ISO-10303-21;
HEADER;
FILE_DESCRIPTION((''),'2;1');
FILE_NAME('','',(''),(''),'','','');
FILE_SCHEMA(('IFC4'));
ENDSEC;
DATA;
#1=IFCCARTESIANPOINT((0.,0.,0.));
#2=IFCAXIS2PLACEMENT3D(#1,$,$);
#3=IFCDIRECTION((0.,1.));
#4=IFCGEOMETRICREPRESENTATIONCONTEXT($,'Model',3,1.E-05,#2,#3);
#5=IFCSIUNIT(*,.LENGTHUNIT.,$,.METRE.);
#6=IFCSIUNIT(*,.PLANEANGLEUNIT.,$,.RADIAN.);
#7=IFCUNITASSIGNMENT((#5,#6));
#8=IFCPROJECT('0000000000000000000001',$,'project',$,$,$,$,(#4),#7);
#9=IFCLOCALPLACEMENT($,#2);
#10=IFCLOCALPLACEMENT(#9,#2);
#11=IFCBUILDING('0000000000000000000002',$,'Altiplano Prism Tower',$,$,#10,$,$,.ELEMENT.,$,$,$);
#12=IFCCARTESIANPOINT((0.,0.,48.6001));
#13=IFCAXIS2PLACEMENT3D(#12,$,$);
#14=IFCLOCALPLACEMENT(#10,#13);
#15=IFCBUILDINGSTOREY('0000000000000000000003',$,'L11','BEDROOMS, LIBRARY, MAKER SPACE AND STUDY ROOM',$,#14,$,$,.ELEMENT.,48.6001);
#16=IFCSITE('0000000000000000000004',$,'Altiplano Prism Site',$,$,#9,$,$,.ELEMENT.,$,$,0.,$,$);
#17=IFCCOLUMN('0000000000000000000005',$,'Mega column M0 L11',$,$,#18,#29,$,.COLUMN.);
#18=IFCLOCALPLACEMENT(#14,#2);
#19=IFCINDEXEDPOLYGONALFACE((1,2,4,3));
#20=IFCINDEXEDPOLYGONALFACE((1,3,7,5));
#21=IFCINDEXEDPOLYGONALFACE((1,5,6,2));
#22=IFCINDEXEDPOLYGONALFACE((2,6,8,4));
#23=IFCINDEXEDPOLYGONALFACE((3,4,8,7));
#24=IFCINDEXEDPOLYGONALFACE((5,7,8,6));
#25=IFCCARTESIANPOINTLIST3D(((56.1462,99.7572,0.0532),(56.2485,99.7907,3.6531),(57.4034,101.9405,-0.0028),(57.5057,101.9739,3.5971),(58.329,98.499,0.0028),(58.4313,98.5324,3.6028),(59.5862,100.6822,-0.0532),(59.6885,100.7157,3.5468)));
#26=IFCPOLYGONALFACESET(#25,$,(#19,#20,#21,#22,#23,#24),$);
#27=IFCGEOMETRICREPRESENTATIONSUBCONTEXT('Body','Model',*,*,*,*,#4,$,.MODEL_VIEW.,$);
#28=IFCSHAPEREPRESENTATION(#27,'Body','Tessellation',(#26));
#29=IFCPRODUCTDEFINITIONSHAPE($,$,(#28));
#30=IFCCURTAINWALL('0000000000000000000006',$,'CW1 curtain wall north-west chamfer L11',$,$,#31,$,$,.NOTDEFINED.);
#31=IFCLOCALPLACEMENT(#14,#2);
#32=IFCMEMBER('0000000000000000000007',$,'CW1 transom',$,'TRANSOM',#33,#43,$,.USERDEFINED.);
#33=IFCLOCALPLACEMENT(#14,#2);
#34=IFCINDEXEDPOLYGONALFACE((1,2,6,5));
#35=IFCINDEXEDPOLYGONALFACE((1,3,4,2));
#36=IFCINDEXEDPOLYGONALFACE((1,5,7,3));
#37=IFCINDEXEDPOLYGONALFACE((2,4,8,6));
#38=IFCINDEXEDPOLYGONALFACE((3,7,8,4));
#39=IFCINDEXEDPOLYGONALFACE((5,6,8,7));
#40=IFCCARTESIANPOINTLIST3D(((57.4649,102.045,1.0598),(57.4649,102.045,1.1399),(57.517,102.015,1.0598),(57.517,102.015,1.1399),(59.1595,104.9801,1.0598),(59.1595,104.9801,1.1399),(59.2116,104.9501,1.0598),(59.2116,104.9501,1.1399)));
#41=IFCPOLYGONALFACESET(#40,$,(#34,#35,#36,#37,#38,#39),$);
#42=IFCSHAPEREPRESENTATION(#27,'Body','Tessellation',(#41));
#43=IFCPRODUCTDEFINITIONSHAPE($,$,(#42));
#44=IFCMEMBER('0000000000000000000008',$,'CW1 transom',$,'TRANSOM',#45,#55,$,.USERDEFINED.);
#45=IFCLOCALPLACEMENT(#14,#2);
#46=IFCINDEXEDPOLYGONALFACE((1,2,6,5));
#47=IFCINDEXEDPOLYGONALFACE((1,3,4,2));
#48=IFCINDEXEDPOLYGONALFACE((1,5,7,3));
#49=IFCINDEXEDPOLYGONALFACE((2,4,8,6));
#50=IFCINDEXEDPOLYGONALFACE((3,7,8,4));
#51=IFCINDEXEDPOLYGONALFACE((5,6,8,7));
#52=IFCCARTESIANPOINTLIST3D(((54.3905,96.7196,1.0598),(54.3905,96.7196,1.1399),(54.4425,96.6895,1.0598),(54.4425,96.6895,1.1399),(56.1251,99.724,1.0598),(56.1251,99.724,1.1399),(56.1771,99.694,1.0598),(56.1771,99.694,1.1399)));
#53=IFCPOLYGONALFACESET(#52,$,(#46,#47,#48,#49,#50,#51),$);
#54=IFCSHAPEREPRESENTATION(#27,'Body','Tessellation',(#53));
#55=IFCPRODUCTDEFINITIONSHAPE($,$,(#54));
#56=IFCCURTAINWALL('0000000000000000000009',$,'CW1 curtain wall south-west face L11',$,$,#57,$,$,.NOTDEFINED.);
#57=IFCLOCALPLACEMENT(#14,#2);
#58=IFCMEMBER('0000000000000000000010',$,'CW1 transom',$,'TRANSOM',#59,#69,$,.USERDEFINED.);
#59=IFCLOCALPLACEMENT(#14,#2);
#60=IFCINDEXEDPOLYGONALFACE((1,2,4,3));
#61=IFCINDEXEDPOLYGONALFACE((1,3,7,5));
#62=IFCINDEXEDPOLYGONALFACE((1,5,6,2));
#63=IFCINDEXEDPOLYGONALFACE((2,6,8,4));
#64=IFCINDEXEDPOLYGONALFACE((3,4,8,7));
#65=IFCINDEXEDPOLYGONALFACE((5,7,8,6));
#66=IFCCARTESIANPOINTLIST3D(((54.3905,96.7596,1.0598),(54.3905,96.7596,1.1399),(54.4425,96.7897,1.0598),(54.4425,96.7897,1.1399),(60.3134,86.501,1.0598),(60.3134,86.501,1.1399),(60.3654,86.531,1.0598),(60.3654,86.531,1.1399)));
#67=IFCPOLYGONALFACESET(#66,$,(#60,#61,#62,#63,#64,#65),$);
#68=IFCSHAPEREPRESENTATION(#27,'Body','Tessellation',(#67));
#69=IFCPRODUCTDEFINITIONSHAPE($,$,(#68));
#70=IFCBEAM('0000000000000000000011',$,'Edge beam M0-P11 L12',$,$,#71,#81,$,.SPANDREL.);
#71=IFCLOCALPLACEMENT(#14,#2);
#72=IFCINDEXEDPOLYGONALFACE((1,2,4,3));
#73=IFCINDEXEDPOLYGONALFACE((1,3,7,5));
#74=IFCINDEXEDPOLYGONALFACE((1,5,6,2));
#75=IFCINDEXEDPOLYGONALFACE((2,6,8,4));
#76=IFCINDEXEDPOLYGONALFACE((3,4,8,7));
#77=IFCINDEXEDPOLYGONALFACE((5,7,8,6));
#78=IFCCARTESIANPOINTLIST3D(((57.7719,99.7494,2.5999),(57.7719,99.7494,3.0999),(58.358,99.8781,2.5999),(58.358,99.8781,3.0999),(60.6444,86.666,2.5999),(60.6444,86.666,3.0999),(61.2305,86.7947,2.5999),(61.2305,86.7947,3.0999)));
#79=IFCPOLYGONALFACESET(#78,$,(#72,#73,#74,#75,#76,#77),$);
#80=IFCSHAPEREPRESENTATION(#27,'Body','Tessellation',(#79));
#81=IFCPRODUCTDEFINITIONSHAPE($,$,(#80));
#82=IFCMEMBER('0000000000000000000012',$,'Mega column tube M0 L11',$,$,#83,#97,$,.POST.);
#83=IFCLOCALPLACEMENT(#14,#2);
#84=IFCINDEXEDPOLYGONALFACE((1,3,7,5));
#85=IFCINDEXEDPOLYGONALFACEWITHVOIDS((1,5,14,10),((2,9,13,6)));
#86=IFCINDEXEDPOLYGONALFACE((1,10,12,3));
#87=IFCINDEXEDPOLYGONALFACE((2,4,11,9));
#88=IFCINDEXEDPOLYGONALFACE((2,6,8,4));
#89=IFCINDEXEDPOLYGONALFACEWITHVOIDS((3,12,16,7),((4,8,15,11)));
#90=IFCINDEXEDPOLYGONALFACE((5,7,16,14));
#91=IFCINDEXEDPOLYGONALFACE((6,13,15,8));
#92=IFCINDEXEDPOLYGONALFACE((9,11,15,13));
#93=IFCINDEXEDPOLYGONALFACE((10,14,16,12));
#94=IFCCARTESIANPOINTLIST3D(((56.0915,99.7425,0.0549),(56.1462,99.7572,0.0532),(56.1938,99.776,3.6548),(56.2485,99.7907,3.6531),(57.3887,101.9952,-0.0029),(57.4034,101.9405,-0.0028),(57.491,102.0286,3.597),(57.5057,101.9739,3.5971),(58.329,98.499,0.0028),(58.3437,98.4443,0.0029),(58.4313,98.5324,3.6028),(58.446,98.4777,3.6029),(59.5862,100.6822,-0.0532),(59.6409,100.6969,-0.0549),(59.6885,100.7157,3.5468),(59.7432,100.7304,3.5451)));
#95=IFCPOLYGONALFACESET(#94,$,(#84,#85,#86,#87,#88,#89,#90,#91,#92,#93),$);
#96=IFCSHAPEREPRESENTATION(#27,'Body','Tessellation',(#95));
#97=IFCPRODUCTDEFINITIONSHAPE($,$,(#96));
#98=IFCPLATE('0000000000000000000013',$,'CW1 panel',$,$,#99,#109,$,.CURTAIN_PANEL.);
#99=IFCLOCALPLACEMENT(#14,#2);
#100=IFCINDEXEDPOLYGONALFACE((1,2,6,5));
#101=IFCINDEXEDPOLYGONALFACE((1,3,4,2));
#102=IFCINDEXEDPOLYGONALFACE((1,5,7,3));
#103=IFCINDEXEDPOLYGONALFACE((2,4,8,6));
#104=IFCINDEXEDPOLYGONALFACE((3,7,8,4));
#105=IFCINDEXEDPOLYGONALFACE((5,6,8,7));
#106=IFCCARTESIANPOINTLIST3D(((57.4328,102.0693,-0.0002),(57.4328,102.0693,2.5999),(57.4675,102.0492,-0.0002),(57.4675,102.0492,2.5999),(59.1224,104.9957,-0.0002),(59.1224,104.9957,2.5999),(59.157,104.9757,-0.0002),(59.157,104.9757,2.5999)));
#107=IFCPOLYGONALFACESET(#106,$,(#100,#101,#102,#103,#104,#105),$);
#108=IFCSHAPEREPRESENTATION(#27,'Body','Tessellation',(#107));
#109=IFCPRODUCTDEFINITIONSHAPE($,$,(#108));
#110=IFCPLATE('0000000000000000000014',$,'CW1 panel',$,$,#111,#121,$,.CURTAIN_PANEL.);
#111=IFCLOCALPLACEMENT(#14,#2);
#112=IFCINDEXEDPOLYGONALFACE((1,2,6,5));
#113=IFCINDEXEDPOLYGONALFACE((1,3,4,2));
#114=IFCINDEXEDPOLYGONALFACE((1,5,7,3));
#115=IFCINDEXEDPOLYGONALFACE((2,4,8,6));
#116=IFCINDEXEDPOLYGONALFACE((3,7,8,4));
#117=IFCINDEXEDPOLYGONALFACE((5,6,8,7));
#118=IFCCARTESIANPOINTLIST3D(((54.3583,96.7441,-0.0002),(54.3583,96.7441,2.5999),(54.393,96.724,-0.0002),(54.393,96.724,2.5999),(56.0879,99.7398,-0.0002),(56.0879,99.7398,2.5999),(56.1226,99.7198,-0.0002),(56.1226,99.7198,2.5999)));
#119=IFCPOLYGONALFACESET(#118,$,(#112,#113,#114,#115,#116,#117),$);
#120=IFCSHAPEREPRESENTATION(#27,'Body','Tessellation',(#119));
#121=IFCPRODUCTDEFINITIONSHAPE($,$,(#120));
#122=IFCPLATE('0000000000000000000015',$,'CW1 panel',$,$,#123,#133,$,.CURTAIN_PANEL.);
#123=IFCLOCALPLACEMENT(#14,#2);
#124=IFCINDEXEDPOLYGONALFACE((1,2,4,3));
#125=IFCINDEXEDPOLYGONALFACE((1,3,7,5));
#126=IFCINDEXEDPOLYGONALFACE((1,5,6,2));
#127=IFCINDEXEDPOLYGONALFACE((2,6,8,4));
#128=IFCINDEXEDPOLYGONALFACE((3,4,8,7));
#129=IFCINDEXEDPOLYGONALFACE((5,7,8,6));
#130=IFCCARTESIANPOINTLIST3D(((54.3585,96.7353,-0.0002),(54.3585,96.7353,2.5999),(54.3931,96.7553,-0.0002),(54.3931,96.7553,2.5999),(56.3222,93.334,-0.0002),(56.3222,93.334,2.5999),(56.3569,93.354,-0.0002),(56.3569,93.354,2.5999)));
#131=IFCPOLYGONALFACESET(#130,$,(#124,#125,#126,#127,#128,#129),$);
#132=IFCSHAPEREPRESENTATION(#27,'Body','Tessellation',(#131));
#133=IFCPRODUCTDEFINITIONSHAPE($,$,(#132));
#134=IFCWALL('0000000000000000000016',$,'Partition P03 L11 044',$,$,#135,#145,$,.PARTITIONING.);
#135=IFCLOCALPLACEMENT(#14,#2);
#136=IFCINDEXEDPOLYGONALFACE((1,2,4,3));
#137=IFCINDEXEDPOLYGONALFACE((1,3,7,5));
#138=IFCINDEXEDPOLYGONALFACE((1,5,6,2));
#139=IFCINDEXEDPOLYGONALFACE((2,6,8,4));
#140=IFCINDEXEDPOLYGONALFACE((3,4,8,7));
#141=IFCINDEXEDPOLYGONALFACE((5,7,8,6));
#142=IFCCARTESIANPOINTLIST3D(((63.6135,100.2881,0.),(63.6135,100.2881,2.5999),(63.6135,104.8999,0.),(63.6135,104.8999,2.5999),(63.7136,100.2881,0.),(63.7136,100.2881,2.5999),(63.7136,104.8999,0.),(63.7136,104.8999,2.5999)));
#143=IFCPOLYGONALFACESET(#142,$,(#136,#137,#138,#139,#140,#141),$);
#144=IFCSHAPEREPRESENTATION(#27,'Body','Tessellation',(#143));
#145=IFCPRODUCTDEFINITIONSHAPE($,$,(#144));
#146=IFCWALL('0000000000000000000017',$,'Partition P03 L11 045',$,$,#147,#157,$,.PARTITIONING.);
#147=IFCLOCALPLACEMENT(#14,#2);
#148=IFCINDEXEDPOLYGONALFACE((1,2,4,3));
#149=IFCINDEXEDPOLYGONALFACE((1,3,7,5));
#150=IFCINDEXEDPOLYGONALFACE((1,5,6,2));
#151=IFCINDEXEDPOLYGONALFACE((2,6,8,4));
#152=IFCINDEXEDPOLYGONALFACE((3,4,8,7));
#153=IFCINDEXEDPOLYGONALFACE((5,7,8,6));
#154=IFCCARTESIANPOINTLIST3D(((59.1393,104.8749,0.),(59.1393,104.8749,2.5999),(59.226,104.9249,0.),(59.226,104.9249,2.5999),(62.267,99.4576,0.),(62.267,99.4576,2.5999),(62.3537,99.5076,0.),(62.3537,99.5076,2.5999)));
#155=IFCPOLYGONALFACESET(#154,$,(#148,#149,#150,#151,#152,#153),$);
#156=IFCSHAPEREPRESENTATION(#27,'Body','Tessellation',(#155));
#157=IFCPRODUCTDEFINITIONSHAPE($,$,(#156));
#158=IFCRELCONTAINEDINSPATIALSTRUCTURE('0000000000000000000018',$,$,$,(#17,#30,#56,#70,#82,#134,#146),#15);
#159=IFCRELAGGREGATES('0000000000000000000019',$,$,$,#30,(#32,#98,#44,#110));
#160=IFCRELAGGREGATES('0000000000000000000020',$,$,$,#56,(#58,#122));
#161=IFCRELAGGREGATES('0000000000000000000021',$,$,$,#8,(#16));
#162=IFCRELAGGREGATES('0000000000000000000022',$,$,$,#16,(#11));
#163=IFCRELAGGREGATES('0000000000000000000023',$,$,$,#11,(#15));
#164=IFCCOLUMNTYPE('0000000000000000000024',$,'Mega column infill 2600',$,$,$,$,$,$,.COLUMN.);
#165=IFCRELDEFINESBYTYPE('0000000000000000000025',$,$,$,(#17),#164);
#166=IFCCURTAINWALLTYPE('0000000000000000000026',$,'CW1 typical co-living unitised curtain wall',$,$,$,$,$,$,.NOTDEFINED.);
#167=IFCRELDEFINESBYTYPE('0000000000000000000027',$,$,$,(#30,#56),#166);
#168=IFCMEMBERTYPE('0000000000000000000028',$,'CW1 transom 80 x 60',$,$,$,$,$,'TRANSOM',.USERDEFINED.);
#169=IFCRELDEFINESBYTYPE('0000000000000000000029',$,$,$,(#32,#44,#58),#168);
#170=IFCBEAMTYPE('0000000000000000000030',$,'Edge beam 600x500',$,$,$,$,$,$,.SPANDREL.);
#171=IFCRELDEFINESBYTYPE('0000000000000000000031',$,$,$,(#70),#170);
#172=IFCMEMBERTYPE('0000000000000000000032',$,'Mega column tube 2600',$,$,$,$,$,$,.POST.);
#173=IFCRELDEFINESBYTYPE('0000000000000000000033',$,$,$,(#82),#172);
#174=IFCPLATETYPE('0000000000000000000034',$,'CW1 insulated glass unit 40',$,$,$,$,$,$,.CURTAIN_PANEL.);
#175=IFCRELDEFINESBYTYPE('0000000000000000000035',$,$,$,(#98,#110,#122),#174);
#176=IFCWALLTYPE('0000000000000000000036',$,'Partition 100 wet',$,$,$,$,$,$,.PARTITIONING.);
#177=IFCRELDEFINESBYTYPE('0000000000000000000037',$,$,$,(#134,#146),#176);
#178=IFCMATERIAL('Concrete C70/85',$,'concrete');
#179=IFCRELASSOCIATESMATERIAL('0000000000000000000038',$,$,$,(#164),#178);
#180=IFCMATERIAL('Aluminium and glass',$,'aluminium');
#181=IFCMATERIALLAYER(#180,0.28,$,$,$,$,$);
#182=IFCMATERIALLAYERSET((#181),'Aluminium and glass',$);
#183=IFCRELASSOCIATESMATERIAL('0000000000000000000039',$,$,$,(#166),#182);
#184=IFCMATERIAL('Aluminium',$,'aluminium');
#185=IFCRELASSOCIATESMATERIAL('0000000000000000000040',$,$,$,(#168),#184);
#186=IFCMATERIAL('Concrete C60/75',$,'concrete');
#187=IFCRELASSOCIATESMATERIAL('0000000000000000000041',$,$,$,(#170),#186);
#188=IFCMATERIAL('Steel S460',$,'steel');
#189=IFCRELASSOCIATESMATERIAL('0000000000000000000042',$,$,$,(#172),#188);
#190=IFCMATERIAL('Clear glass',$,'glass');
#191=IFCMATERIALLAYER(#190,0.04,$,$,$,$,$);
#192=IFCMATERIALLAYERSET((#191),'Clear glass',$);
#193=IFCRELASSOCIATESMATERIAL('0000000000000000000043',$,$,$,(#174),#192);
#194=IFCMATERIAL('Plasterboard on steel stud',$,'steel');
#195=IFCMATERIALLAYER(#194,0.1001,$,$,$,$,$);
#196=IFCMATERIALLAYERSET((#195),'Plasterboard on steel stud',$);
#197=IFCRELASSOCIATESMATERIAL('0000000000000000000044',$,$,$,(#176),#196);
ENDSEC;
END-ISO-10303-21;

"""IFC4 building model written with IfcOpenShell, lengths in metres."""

from ifc_helpers import new_model, si_unit, direction, frame, frame_2d, origin, origin_2d, place, context, subcontext, project, spatial, rectangle, hollow_rectangle, extrude, material, layer, layer_set, material_profile, profile_set, type_object, element, aggregate, save


model = new_model("IFC4")

# Units and contexts
model_context = context("Model", 3, precision=1e-05, world=origin(), true_north=direction((0.0, 1.0)))
body_context = subcontext(model_context, "Body", "Model", "MODEL_VIEW")
ifc_project = project(units=[si_unit("LENGTHUNIT", "METRE"), si_unit("PLANEANGLEUNIT", "RADIAN")], contexts=[model_context])

# Site, building, storey
site_placement = place(None, origin())
site = spatial("IfcSite", under=ifc_project, at=site_placement, Name="Altiplano Prism Site", CompositionType="ELEMENT", RefElevation=0.0)
building_placement = place(site_placement, origin())
building = spatial("IfcBuilding", under=site, at=building_placement, Name="Altiplano Prism Tower", CompositionType="ELEMENT")
storey_placement = place(building_placement, frame((0.0, 0.0, 48.6001)))
storey = spatial("IfcBuildingStorey", under=building, at=storey_placement, Name="L11", Description="BEDROOMS, LIBRARY, MAKER SPACE AND STUDY ROOM", CompositionType="ELEMENT", Elevation=48.6001)

# Column
ifc_material_1 = material(Name="Concrete C70/85", Category="concrete")
ifc_material_profile_1 = material_profile(ifc_material_1, rectangle(XDim=2.52, YDim=2.52, at=origin_2d()), Name="Mega column infill 2600")
ifc_profile_set_1 = profile_set([ifc_material_profile_1], Name="Concrete C70/85")
column_type = type_object("IfcColumnType", Name="Mega column infill 2600", PredefinedType="COLUMN", material=ifc_profile_set_1)
column_placement = place(storey_placement, frame((57.8662, 100.2197, 0.0), z_axis=(0.028404, 0.009287, 0.999553), x_axis=(-0.866198, 0.499302, 0.019975)))
element("IfcColumn", 1, at=column_placement, inside=storey, type_object=column_type, Name="Mega column M0 L11", PredefinedType="COLUMN", context=body_context, shape_type="SweptSolid", body=[
    extrude(rectangle(XDim=2.52, YDim=2.52, at=origin_2d()), origin(), (0.0, 0.0, 1.0), 3.6016),
])

# Curtain wall, members
ifc_material_2 = material(Name="Aluminium and glass", Category="aluminium")
ifc_layer_1 = layer(ifc_material_2, 0.28)
ifc_layer_set_1 = layer_set([ifc_layer_1], Name="Aluminium and glass")
curtain_wall_type = type_object("IfcCurtainWallType", Name="CW1 typical co-living unitised curtain wall", PredefinedType="NOTDEFINED", material=ifc_layer_set_1)
curtain_wall_1_placement = place(storey_placement, origin())
curtain_wall_1 = element("IfcCurtainWall", 2, at=curtain_wall_1_placement, inside=storey, type_object=curtain_wall_type, Name="CW1 curtain wall north-west chamfer L11", PredefinedType="NOTDEFINED")
ifc_material_3 = material(Name="Aluminium", Category="aluminium")
ifc_material_profile_2 = material_profile(ifc_material_3, rectangle(XDim=0.0601, YDim=0.0801, at=origin_2d()), Name="CW1 transom 80 x 60")
ifc_profile_set_2 = profile_set([ifc_material_profile_2], Name="Aluminium")
member_type_1 = type_object("IfcMemberType", Name="CW1 transom 80 x 60", ElementType="TRANSOM", PredefinedType="USERDEFINED", material=ifc_profile_set_2)
member_1_placement = place(storey_placement, frame((59.1855, 104.9651, 1.0999), z_axis=(-0.500005, -0.866022, 0.0), x_axis=(0.866022, -0.500005, 0.0)))
member_1 = element("IfcMember", 3, at=member_1_placement, type_object=member_type_1, Name="CW1 transom", ObjectType="TRANSOM", PredefinedType="USERDEFINED", context=body_context, shape_type="SweptSolid", body=[
    extrude(rectangle(XDim=0.0601, YDim=0.0801, at=origin_2d()), origin(), (0.0, 0.0, 1.0), 3.3892),
])
member_2_placement = place(storey_placement, frame((56.1511, 99.709, 1.0999), z_axis=(-0.500007, -0.866022, 0.0), x_axis=(0.866022, -0.500007, 0.0)))
member_2 = element("IfcMember", 4, at=member_2_placement, type_object=member_type_1, Name="CW1 transom", ObjectType="TRANSOM", PredefinedType="USERDEFINED", context=body_context, shape_type="SweptSolid", body=[
    extrude(rectangle(XDim=0.0601, YDim=0.0801, at=origin_2d()), origin(), (0.0, 0.0, 1.0), 3.4692),
])

# Curtain wall, member
curtain_wall_2_placement = place(storey_placement, origin())
curtain_wall_2 = element("IfcCurtainWall", 5, at=curtain_wall_2_placement, inside=storey, type_object=curtain_wall_type, Name="CW1 curtain wall south-west face L11", PredefinedType="NOTDEFINED")
member_3_placement = place(storey_placement, frame((54.4165, 96.7747, 1.0999), z_axis=(0.500005, -0.866023, 0.0), x_axis=(0.866023, 0.500005, 0.0)))
member_3 = element("IfcMember", 6, at=member_3_placement, type_object=member_type_1, Name="CW1 transom", ObjectType="TRANSOM", PredefinedType="USERDEFINED", context=body_context, shape_type="SweptSolid", body=[
    extrude(rectangle(XDim=0.0601, YDim=0.0801, at=origin_2d()), origin(), (0.0, 0.0, 1.0), 11.8457),
])

# Beam
ifc_material_4 = material(Name="Concrete C60/75", Category="concrete")
ifc_material_profile_3 = material_profile(ifc_material_4, rectangle(XDim=0.6001, YDim=0.5, at=origin_2d()), Name="Edge beam 600x500")
ifc_profile_set_3 = profile_set([ifc_material_profile_3], Name="Concrete C60/75")
beam_type = type_object("IfcBeamType", Name="Edge beam 600x500", PredefinedType="SPANDREL", material=ifc_profile_set_3)
beam_placement = place(storey_placement, frame((58.0649, 99.8137, 2.8499), z_axis=(0.214448, -0.976735, 0.0), x_axis=(0.976735, 0.214448, 0.0)))
element("IfcBeam", 7, at=beam_placement, inside=storey, type_object=beam_type, Name="Edge beam M0-P11 L12", PredefinedType="SPANDREL", context=body_context, shape_type="SweptSolid", body=[
    extrude(rectangle(XDim=0.6001, YDim=0.5, at=origin_2d()), origin(), (0.0, 0.0, 1.0), 13.395),
])

# Member
ifc_material_5 = material(Name="Steel S460", Category="steel")
ifc_material_profile_4 = material_profile(ifc_material_5, hollow_rectangle(XDim=2.6001, YDim=2.6001, WallThickness=0.04, at=origin_2d()), Name="Mega column tube 2600")
ifc_profile_set_4 = profile_set([ifc_material_profile_4], Name="Steel S460")
member_type_2 = type_object("IfcMemberType", Name="Mega column tube 2600", PredefinedType="POST", material=ifc_profile_set_4)
member_4_placement = place(storey_placement, frame((57.8662, 100.2197, 0.0), z_axis=(0.028404, 0.009287, 0.999553), x_axis=(-0.866198, 0.499302, 0.019975)))
element("IfcMember", 8, at=member_4_placement, inside=storey, type_object=member_type_2, Name="Mega column tube M0 L11", PredefinedType="POST", context=body_context, shape_type="SweptSolid", body=[
    extrude(hollow_rectangle(XDim=2.6001, YDim=2.6001, WallThickness=0.04, at=origin_2d()), origin(), (0.0, 0.0, 1.0), 3.6016),
])

# Plates
ifc_material_6 = material(Name="Clear glass", Category="glass")
ifc_layer_2 = layer(ifc_material_6, 0.04)
ifc_layer_set_2 = layer_set([ifc_layer_2], Name="Clear glass")
plate_type = type_object("IfcPlateType", Name="CW1 insulated glass unit 40", PredefinedType="CURTAIN_PANEL", material=ifc_layer_set_2)
plate_1_placement = place(storey_placement, frame((58.2949, 103.5225, -0.0002), z_axis=(0.0, 0.0, 1.0), x_axis=(-0.5, -0.866025, 0.0)))
plate_1 = element("IfcPlate", 9, at=plate_1_placement, type_object=plate_type, Name="CW1 panel", PredefinedType="CURTAIN_PANEL", context=body_context, shape_type="SweptSolid", body=[
    extrude(rectangle(XDim=3.3792, YDim=0.04, at=origin_2d()), origin(), (0.0, 0.0, 1.0), 2.6001),
])
plate_2_placement = place(storey_placement, frame((55.2405, 98.2319, -0.0002), z_axis=(0.0, 0.0, 1.0), x_axis=(-0.5, -0.866025, 0.0)))
plate_2 = element("IfcPlate", 10, at=plate_2_placement, type_object=plate_type, Name="CW1 panel", PredefinedType="CURTAIN_PANEL", context=body_context, shape_type="SweptSolid", body=[
    extrude(rectangle(XDim=3.4592, YDim=0.04, at=origin_2d()), origin(), (0.0, 0.0, 1.0), 2.6001),
])
aggregate(curtain_wall_1, [member_1, plate_1, member_2, plate_2])
plate_3_placement = place(storey_placement, frame((55.3577, 95.0447, -0.0002), z_axis=(0.0, 0.0, 1.0), x_axis=(0.5, -0.866025, 0.0)))
plate_3 = element("IfcPlate", 11, at=plate_3_placement, type_object=plate_type, Name="CW1 panel", PredefinedType="CURTAIN_PANEL", context=body_context, shape_type="SweptSolid", body=[
    extrude(rectangle(XDim=3.9275, YDim=0.04, at=origin_2d()), origin(), (0.0, 0.0, 1.0), 2.6001),
])
aggregate(curtain_wall_2, [member_3, plate_3])

# Walls
ifc_material_7 = material(Name="Plasterboard on steel stud", Category="steel")
ifc_layer_3 = layer(ifc_material_7, 0.1001)
ifc_layer_set_3 = layer_set([ifc_layer_3], Name="Plasterboard on steel stud")
wall_type_1 = type_object("IfcWallType", Name="Partition 100 wet", PredefinedType="PARTITIONING", material=ifc_layer_set_3)
wall_1_placement = place(storey_placement, frame((63.6636, 100.2881, 0.0), z_axis=(0.0, 0.0, 1.0), x_axis=(0.0, 1.0, 0.0)))
element("IfcWall", 12, at=wall_1_placement, inside=storey, type_object=wall_type_1, Name="Partition P03 L11 044", PredefinedType="PARTITIONING", context=body_context, shape_type="SweptSolid", body=[
    extrude(rectangle(XDim=4.6118, YDim=0.1001, at=frame_2d((2.3059, 0.0))), origin(), (0.0, 0.0, 1.0), 2.5999),
])
wall_2_placement = place(storey_placement, frame((59.1826, 104.8999, 0.0), z_axis=(0.0, 0.0, 1.0), x_axis=(0.500005, -0.866022, 0.0)))
element("IfcWall", 13, at=wall_2_placement, inside=storey, type_object=wall_type_1, Name="Partition P03 L11 045", PredefinedType="PARTITIONING", context=body_context, shape_type="SweptSolid", body=[
    extrude(rectangle(XDim=6.2554, YDim=0.1001, at=frame_2d((3.1277, 0.0))), origin(), (0.0, 0.0, 1.0), 2.5999),
])

save(model, "model.ifc")
